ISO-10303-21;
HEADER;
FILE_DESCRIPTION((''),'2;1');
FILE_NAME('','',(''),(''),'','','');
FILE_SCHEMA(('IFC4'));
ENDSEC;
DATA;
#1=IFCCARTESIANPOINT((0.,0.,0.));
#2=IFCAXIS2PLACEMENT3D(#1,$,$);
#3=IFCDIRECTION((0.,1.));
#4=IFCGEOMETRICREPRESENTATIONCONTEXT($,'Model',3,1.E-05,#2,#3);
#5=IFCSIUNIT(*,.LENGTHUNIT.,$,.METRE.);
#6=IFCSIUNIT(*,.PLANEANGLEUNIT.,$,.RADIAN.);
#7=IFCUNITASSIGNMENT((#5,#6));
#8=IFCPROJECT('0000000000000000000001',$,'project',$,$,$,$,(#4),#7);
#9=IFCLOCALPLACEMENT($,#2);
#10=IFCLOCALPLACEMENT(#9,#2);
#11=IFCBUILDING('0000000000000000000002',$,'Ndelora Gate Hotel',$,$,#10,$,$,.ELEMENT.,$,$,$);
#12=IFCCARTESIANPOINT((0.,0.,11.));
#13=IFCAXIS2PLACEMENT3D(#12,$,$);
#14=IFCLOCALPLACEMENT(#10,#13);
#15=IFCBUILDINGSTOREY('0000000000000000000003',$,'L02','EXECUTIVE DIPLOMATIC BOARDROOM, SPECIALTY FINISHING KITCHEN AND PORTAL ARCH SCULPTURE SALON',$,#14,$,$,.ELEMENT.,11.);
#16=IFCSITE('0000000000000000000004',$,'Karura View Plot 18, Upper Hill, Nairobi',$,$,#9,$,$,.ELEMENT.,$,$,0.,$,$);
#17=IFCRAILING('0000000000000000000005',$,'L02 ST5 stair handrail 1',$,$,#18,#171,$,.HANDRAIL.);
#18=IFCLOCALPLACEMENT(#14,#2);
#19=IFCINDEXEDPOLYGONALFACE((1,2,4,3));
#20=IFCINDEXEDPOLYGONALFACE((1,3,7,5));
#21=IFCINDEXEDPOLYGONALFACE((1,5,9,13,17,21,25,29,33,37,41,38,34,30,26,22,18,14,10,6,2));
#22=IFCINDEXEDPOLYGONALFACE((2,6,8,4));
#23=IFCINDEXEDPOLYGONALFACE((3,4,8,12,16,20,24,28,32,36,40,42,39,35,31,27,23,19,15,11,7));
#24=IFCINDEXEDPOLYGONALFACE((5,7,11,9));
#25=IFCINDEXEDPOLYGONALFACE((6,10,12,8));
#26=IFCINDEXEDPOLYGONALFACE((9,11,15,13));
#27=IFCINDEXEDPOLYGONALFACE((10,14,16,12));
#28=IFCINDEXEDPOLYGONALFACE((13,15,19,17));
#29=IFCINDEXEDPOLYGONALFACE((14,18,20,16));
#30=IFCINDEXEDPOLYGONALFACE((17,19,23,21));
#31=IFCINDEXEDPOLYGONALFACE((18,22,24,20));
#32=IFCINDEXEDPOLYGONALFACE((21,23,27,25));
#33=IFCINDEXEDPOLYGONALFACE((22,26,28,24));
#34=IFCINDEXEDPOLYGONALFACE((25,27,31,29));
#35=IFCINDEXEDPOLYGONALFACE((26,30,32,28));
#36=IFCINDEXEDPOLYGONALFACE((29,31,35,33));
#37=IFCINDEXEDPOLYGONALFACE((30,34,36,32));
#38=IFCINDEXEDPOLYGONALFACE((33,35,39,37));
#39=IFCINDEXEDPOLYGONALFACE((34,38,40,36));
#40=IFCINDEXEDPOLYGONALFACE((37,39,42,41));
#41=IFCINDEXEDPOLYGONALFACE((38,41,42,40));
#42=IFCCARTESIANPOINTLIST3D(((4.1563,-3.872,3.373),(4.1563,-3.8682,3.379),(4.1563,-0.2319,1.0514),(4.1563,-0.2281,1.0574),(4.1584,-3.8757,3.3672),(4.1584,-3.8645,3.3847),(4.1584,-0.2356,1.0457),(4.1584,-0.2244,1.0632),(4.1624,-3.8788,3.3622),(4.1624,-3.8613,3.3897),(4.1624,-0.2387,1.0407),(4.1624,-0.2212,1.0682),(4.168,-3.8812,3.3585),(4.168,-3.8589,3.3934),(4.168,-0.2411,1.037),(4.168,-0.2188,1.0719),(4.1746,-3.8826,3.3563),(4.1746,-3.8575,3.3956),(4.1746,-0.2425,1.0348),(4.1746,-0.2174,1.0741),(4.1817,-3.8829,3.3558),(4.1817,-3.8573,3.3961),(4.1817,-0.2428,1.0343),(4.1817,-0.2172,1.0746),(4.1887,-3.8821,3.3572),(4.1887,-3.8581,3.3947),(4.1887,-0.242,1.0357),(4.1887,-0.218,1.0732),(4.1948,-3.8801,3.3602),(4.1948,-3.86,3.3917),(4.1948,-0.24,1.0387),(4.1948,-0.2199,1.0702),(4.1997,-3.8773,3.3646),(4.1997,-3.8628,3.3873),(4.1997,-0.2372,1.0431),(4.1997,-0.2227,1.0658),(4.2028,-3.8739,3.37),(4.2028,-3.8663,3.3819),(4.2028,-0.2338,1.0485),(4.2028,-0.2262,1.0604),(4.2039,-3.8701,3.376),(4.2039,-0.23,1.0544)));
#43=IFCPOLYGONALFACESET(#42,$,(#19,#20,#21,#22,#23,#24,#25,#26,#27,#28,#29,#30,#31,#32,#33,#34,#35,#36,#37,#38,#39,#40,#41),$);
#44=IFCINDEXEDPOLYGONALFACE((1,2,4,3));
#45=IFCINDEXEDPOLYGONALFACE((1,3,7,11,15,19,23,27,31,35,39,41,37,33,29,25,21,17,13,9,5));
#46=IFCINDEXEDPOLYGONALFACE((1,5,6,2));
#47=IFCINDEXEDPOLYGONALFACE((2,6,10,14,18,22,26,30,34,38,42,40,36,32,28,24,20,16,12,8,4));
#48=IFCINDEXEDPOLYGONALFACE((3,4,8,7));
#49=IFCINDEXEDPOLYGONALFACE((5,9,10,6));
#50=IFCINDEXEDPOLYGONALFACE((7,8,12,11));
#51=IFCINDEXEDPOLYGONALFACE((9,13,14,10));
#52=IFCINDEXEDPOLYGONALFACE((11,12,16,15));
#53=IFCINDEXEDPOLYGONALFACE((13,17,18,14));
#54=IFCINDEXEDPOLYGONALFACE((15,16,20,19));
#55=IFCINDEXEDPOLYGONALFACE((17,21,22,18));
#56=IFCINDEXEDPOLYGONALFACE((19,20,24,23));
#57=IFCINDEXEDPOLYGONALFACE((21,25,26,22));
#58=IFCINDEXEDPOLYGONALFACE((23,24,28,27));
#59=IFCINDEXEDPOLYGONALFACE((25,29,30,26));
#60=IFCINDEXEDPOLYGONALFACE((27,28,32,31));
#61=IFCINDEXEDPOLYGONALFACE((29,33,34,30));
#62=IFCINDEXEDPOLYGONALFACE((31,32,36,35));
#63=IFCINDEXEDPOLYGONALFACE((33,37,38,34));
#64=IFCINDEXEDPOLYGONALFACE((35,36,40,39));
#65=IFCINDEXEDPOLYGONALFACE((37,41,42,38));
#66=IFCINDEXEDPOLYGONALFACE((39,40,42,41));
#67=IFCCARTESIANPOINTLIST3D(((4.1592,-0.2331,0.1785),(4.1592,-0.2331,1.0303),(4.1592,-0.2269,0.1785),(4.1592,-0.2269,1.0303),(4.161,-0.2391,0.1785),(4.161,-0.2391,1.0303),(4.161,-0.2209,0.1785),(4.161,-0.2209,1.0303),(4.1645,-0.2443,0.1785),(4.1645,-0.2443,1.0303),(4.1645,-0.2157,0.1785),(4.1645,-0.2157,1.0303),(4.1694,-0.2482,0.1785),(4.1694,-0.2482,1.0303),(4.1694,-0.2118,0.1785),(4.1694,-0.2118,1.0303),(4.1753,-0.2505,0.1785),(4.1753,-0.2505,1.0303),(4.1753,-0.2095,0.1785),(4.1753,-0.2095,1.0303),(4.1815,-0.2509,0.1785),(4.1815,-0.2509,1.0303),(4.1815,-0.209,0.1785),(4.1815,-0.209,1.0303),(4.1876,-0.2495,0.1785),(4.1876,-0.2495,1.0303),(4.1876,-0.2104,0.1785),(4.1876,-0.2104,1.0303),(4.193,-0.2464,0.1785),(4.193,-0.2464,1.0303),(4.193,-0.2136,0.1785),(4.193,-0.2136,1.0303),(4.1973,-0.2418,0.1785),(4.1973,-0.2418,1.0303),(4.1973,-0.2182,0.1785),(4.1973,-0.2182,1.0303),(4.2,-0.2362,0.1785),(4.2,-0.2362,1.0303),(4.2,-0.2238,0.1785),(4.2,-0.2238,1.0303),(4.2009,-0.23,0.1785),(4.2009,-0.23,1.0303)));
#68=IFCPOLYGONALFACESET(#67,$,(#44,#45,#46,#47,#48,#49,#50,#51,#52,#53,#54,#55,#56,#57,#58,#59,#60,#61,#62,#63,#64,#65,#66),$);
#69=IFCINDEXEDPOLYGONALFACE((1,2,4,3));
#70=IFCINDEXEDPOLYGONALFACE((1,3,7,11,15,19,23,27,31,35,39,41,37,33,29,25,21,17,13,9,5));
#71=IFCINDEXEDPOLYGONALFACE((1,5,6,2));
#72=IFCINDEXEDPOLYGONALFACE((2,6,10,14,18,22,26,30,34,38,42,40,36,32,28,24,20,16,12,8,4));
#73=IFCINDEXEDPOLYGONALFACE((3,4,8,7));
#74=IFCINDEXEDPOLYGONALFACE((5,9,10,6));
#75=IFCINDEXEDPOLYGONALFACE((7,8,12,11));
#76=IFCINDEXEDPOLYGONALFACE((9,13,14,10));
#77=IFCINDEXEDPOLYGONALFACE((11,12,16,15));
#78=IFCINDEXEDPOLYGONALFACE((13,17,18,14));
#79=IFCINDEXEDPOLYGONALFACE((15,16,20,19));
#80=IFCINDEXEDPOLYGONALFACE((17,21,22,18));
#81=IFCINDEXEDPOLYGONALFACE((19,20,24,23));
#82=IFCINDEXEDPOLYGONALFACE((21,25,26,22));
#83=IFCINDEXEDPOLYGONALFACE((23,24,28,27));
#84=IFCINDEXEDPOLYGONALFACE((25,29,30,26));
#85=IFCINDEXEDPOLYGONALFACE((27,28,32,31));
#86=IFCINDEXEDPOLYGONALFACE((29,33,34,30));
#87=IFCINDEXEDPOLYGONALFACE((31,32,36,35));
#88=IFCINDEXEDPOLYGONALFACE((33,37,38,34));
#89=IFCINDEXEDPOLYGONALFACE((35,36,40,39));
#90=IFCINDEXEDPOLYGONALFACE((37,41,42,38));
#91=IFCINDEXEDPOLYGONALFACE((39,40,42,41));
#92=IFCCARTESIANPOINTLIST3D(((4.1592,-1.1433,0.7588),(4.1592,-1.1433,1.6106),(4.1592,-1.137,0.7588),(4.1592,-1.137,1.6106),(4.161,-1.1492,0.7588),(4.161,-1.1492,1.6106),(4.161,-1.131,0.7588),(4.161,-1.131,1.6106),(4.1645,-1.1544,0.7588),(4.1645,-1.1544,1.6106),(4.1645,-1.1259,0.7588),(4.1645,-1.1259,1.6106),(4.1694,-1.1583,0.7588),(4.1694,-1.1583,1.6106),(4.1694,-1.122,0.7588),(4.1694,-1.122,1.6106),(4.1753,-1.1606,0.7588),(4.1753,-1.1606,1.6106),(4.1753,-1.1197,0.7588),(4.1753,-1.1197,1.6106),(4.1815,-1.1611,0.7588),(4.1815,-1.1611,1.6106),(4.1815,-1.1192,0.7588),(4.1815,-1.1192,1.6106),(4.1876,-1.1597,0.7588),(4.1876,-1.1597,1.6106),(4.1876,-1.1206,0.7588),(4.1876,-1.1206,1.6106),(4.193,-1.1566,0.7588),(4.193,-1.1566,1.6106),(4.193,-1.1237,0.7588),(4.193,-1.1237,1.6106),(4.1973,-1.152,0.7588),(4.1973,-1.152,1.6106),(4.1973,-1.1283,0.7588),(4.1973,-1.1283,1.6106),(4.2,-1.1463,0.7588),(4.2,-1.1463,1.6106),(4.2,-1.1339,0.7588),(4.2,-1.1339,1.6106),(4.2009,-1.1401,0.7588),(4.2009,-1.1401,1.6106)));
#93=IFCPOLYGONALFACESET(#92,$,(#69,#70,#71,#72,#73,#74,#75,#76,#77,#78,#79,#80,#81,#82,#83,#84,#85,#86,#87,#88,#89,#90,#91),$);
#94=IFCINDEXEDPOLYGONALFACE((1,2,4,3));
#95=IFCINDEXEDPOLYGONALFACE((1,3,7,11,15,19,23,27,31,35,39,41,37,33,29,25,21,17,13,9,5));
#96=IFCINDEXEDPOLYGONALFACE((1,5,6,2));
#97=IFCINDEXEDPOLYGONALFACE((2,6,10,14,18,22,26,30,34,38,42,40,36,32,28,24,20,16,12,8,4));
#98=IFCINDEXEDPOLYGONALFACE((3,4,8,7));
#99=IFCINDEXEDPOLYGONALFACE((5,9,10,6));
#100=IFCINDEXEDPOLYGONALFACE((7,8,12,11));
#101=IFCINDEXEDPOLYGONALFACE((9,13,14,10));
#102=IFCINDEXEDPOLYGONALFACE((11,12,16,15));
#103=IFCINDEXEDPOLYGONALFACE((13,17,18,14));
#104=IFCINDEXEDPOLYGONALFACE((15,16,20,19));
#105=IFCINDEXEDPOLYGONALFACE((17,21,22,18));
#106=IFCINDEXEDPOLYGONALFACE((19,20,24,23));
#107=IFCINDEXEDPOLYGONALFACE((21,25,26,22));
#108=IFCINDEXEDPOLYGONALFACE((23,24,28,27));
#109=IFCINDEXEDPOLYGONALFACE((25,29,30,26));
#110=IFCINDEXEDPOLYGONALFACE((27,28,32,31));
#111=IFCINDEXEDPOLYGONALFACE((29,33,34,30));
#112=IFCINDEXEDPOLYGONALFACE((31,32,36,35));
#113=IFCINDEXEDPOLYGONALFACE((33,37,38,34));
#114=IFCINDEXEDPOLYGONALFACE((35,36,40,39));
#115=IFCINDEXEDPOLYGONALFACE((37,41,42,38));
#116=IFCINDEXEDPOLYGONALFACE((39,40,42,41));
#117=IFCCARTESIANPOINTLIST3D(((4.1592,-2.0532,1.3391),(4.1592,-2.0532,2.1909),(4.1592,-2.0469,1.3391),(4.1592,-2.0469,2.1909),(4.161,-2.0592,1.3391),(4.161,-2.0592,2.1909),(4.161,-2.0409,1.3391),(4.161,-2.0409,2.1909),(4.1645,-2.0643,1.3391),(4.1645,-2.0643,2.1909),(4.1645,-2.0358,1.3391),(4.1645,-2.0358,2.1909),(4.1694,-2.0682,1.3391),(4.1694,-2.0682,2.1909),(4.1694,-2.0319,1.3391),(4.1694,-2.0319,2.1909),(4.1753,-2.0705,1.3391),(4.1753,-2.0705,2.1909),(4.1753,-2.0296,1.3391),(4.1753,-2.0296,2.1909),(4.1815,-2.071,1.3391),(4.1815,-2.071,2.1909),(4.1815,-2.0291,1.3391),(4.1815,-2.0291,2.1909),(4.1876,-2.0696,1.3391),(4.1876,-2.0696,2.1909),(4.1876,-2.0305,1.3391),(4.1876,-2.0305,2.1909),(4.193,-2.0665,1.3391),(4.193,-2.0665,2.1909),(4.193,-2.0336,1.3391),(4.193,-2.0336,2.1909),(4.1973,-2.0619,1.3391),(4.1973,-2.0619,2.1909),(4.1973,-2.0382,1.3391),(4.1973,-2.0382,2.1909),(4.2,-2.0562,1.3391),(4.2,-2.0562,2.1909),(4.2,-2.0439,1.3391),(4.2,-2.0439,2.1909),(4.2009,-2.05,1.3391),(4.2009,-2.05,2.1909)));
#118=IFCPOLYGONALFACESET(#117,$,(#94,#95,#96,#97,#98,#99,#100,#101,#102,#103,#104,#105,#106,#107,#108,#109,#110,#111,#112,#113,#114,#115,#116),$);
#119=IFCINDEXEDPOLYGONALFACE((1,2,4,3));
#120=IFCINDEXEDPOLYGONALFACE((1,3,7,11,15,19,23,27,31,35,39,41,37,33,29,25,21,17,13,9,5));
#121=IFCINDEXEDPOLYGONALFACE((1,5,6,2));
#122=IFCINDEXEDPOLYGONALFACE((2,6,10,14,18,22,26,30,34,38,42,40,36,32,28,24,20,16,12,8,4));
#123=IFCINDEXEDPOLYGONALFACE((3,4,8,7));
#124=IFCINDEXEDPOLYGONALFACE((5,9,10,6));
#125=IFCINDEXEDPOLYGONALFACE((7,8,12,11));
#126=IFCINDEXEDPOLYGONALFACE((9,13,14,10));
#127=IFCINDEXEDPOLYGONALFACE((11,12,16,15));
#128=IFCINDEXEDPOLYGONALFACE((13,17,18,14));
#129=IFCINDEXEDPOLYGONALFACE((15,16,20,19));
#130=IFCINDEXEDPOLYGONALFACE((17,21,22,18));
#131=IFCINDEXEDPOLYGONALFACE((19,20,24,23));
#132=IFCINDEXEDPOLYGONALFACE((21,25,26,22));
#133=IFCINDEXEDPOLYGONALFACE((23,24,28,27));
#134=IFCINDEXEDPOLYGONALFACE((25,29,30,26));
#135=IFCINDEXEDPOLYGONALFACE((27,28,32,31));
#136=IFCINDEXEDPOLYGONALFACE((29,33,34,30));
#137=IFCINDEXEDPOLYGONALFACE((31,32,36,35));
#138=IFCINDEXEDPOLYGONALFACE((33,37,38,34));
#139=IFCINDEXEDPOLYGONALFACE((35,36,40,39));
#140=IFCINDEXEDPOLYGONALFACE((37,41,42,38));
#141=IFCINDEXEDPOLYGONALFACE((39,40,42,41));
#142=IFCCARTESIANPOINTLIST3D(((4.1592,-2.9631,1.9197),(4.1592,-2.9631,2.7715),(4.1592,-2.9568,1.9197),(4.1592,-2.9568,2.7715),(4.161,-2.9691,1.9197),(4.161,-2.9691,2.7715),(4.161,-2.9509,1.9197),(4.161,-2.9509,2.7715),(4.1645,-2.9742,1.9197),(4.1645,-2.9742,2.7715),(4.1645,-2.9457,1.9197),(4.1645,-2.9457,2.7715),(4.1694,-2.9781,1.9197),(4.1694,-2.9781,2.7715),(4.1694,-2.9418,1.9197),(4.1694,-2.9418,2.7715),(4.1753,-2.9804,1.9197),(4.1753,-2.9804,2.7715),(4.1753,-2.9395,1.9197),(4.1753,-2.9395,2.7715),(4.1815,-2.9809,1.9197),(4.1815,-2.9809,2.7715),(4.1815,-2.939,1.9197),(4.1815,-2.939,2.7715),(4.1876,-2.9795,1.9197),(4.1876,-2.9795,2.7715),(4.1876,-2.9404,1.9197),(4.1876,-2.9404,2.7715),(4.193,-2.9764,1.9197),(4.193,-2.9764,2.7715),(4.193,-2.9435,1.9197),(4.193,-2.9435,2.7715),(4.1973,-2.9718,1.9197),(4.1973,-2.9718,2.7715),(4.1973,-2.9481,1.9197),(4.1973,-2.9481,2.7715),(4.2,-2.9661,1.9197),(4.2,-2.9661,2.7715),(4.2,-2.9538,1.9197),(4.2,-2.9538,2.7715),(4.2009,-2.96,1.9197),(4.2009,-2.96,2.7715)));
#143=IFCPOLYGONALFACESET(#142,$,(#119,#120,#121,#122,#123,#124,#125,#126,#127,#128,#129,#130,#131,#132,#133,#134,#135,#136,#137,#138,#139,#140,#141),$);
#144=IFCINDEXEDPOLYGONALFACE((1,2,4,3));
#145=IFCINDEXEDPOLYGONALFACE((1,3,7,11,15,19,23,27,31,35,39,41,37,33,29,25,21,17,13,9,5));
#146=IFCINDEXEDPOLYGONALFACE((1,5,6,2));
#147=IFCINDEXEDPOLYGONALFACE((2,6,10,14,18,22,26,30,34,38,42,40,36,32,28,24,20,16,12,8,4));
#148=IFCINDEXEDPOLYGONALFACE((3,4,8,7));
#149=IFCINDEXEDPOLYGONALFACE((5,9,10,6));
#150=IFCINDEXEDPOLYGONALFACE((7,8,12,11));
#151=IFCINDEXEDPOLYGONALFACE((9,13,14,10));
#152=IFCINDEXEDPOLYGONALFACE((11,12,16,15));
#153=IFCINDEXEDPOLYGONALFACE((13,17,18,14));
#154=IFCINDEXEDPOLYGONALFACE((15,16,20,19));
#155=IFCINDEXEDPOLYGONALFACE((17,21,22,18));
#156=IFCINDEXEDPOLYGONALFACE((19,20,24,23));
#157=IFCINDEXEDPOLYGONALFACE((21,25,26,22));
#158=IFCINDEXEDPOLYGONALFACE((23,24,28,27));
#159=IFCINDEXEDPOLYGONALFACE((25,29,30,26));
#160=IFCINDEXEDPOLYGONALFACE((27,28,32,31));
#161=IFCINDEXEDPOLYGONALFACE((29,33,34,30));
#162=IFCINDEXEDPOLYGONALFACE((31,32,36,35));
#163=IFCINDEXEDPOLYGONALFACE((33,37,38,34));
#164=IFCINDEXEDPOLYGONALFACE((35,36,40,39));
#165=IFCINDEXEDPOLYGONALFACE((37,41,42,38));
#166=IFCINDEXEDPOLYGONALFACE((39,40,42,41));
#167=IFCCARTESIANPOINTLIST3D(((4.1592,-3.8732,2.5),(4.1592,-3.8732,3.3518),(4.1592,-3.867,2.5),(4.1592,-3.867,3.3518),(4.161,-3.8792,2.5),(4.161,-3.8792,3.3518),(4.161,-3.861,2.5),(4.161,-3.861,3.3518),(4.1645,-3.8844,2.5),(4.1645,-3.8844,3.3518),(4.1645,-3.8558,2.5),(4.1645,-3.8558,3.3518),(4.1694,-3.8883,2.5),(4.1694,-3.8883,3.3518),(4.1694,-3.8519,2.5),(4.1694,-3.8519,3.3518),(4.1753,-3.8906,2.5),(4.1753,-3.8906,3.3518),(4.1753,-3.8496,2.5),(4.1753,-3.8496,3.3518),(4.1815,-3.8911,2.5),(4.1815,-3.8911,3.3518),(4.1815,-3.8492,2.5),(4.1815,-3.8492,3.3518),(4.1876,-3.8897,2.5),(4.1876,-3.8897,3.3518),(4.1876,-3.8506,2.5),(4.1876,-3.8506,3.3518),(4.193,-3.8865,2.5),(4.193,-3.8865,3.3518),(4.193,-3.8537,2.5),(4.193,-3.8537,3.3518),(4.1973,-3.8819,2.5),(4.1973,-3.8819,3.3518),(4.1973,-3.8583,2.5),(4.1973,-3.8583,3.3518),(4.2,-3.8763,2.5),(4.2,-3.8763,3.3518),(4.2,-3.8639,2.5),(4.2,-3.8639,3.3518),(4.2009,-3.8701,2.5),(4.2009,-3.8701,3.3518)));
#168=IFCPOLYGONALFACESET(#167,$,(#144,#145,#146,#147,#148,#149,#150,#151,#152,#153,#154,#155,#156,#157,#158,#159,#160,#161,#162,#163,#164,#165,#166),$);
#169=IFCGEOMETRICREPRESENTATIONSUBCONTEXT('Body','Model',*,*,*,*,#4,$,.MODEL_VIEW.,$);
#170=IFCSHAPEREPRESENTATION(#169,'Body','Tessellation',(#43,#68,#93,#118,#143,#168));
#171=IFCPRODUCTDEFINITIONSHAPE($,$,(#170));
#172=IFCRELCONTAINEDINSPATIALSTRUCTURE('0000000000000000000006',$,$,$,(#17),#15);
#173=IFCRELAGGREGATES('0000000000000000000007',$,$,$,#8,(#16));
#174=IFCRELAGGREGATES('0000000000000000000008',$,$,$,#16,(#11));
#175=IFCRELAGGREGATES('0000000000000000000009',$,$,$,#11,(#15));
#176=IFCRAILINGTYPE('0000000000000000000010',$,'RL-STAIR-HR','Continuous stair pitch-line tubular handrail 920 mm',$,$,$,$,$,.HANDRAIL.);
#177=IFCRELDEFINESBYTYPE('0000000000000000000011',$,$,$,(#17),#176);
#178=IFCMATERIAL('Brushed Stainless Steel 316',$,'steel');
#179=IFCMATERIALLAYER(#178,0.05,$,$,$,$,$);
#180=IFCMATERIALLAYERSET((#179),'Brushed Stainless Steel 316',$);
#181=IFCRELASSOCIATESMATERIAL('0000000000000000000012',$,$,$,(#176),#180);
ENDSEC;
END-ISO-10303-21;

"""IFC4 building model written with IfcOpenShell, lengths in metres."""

from ifc_helpers import new_model, si_unit, direction, frame, origin, origin_2d, place, context, subcontext, project, spatial, circle, extrude, material, layer, layer_set, type_object, element, save


model = new_model("IFC4")

# Units and contexts
model_context = context("Model", 3, precision=1e-05, world=origin(), true_north=direction((0.0, 1.0)))
body_context = subcontext(model_context, "Body", "Model", "MODEL_VIEW")
ifc_project = project(units=[si_unit("LENGTHUNIT", "METRE"), si_unit("PLANEANGLEUNIT", "RADIAN")], contexts=[model_context])

# Site, building, storey
site_placement = place(None, origin())
site = spatial("IfcSite", under=ifc_project, at=site_placement, Name="Karura View Plot 18, Upper Hill, Nairobi", CompositionType="ELEMENT", RefElevation=0.0)
building_placement = place(site_placement, origin())
building = spatial("IfcBuilding", under=site, at=building_placement, Name="Ndelora Gate Hotel", CompositionType="ELEMENT")
storey_placement = place(building_placement, frame((0.0, 0.0, 11.0)))
storey = spatial("IfcBuildingStorey", under=building, at=storey_placement, Name="L02", Description="EXECUTIVE DIPLOMATIC BOARDROOM, SPECIALTY FINISHING KITCHEN AND PORTAL ARCH SCULPTURE SALON", CompositionType="ELEMENT", Elevation=11.0)

# Railing
ifc_material_1 = material(Name="Brushed Stainless Steel 316", Category="steel")
ifc_layer_1 = layer(ifc_material_1, 0.05)
ifc_layer_set_1 = layer_set([ifc_layer_1], Name="Brushed Stainless Steel 316")
railing_type_1 = type_object("IfcRailingType", Name="RL-STAIR-HR", Description="Continuous stair pitch-line tubular handrail 920 mm", PredefinedType="HANDRAIL", material=ifc_layer_set_1)
railing_1_placement = place(storey_placement, frame((4.1799, -0.23, 0.1785)))
element("IfcRailing", 1, at=railing_1_placement, inside=storey, type_object=railing_type_1, Name="L02 ST5 stair handrail 1", PredefinedType="HANDRAIL", context=body_context, shape_type="SweptSolid", body=[
    extrude(circle(Radius=0.0239, at=origin_2d()), frame((0.0, 0.0, 0.876), z_axis=(0.0, -0.843128, 0.537713), x_axis=(1.0, 0.0, 0.0)), (0.0, 0.0, 1.0), 4.3174),
    extrude(circle(Radius=0.021, at=origin_2d()), origin(), (0.0, 0.0, 1.0), 0.8518),
    extrude(circle(Radius=0.021, at=origin_2d()), frame((0.0, -0.9102, 0.5803)), (0.0, 0.0, 1.0), 0.8518),
    extrude(circle(Radius=0.021, at=origin_2d()), frame((0.0, -1.8201, 1.1606)), (0.0, 0.0, 1.0), 0.8518),
    extrude(circle(Radius=0.021, at=origin_2d()), frame((0.0, -2.73, 1.7412)), (0.0, 0.0, 1.0), 0.8518),
    extrude(circle(Radius=0.021, at=origin_2d()), frame((0.0, -3.6401, 2.3215)), (0.0, 0.0, 1.0), 0.8518),
])

save(model, "model.ifc")
